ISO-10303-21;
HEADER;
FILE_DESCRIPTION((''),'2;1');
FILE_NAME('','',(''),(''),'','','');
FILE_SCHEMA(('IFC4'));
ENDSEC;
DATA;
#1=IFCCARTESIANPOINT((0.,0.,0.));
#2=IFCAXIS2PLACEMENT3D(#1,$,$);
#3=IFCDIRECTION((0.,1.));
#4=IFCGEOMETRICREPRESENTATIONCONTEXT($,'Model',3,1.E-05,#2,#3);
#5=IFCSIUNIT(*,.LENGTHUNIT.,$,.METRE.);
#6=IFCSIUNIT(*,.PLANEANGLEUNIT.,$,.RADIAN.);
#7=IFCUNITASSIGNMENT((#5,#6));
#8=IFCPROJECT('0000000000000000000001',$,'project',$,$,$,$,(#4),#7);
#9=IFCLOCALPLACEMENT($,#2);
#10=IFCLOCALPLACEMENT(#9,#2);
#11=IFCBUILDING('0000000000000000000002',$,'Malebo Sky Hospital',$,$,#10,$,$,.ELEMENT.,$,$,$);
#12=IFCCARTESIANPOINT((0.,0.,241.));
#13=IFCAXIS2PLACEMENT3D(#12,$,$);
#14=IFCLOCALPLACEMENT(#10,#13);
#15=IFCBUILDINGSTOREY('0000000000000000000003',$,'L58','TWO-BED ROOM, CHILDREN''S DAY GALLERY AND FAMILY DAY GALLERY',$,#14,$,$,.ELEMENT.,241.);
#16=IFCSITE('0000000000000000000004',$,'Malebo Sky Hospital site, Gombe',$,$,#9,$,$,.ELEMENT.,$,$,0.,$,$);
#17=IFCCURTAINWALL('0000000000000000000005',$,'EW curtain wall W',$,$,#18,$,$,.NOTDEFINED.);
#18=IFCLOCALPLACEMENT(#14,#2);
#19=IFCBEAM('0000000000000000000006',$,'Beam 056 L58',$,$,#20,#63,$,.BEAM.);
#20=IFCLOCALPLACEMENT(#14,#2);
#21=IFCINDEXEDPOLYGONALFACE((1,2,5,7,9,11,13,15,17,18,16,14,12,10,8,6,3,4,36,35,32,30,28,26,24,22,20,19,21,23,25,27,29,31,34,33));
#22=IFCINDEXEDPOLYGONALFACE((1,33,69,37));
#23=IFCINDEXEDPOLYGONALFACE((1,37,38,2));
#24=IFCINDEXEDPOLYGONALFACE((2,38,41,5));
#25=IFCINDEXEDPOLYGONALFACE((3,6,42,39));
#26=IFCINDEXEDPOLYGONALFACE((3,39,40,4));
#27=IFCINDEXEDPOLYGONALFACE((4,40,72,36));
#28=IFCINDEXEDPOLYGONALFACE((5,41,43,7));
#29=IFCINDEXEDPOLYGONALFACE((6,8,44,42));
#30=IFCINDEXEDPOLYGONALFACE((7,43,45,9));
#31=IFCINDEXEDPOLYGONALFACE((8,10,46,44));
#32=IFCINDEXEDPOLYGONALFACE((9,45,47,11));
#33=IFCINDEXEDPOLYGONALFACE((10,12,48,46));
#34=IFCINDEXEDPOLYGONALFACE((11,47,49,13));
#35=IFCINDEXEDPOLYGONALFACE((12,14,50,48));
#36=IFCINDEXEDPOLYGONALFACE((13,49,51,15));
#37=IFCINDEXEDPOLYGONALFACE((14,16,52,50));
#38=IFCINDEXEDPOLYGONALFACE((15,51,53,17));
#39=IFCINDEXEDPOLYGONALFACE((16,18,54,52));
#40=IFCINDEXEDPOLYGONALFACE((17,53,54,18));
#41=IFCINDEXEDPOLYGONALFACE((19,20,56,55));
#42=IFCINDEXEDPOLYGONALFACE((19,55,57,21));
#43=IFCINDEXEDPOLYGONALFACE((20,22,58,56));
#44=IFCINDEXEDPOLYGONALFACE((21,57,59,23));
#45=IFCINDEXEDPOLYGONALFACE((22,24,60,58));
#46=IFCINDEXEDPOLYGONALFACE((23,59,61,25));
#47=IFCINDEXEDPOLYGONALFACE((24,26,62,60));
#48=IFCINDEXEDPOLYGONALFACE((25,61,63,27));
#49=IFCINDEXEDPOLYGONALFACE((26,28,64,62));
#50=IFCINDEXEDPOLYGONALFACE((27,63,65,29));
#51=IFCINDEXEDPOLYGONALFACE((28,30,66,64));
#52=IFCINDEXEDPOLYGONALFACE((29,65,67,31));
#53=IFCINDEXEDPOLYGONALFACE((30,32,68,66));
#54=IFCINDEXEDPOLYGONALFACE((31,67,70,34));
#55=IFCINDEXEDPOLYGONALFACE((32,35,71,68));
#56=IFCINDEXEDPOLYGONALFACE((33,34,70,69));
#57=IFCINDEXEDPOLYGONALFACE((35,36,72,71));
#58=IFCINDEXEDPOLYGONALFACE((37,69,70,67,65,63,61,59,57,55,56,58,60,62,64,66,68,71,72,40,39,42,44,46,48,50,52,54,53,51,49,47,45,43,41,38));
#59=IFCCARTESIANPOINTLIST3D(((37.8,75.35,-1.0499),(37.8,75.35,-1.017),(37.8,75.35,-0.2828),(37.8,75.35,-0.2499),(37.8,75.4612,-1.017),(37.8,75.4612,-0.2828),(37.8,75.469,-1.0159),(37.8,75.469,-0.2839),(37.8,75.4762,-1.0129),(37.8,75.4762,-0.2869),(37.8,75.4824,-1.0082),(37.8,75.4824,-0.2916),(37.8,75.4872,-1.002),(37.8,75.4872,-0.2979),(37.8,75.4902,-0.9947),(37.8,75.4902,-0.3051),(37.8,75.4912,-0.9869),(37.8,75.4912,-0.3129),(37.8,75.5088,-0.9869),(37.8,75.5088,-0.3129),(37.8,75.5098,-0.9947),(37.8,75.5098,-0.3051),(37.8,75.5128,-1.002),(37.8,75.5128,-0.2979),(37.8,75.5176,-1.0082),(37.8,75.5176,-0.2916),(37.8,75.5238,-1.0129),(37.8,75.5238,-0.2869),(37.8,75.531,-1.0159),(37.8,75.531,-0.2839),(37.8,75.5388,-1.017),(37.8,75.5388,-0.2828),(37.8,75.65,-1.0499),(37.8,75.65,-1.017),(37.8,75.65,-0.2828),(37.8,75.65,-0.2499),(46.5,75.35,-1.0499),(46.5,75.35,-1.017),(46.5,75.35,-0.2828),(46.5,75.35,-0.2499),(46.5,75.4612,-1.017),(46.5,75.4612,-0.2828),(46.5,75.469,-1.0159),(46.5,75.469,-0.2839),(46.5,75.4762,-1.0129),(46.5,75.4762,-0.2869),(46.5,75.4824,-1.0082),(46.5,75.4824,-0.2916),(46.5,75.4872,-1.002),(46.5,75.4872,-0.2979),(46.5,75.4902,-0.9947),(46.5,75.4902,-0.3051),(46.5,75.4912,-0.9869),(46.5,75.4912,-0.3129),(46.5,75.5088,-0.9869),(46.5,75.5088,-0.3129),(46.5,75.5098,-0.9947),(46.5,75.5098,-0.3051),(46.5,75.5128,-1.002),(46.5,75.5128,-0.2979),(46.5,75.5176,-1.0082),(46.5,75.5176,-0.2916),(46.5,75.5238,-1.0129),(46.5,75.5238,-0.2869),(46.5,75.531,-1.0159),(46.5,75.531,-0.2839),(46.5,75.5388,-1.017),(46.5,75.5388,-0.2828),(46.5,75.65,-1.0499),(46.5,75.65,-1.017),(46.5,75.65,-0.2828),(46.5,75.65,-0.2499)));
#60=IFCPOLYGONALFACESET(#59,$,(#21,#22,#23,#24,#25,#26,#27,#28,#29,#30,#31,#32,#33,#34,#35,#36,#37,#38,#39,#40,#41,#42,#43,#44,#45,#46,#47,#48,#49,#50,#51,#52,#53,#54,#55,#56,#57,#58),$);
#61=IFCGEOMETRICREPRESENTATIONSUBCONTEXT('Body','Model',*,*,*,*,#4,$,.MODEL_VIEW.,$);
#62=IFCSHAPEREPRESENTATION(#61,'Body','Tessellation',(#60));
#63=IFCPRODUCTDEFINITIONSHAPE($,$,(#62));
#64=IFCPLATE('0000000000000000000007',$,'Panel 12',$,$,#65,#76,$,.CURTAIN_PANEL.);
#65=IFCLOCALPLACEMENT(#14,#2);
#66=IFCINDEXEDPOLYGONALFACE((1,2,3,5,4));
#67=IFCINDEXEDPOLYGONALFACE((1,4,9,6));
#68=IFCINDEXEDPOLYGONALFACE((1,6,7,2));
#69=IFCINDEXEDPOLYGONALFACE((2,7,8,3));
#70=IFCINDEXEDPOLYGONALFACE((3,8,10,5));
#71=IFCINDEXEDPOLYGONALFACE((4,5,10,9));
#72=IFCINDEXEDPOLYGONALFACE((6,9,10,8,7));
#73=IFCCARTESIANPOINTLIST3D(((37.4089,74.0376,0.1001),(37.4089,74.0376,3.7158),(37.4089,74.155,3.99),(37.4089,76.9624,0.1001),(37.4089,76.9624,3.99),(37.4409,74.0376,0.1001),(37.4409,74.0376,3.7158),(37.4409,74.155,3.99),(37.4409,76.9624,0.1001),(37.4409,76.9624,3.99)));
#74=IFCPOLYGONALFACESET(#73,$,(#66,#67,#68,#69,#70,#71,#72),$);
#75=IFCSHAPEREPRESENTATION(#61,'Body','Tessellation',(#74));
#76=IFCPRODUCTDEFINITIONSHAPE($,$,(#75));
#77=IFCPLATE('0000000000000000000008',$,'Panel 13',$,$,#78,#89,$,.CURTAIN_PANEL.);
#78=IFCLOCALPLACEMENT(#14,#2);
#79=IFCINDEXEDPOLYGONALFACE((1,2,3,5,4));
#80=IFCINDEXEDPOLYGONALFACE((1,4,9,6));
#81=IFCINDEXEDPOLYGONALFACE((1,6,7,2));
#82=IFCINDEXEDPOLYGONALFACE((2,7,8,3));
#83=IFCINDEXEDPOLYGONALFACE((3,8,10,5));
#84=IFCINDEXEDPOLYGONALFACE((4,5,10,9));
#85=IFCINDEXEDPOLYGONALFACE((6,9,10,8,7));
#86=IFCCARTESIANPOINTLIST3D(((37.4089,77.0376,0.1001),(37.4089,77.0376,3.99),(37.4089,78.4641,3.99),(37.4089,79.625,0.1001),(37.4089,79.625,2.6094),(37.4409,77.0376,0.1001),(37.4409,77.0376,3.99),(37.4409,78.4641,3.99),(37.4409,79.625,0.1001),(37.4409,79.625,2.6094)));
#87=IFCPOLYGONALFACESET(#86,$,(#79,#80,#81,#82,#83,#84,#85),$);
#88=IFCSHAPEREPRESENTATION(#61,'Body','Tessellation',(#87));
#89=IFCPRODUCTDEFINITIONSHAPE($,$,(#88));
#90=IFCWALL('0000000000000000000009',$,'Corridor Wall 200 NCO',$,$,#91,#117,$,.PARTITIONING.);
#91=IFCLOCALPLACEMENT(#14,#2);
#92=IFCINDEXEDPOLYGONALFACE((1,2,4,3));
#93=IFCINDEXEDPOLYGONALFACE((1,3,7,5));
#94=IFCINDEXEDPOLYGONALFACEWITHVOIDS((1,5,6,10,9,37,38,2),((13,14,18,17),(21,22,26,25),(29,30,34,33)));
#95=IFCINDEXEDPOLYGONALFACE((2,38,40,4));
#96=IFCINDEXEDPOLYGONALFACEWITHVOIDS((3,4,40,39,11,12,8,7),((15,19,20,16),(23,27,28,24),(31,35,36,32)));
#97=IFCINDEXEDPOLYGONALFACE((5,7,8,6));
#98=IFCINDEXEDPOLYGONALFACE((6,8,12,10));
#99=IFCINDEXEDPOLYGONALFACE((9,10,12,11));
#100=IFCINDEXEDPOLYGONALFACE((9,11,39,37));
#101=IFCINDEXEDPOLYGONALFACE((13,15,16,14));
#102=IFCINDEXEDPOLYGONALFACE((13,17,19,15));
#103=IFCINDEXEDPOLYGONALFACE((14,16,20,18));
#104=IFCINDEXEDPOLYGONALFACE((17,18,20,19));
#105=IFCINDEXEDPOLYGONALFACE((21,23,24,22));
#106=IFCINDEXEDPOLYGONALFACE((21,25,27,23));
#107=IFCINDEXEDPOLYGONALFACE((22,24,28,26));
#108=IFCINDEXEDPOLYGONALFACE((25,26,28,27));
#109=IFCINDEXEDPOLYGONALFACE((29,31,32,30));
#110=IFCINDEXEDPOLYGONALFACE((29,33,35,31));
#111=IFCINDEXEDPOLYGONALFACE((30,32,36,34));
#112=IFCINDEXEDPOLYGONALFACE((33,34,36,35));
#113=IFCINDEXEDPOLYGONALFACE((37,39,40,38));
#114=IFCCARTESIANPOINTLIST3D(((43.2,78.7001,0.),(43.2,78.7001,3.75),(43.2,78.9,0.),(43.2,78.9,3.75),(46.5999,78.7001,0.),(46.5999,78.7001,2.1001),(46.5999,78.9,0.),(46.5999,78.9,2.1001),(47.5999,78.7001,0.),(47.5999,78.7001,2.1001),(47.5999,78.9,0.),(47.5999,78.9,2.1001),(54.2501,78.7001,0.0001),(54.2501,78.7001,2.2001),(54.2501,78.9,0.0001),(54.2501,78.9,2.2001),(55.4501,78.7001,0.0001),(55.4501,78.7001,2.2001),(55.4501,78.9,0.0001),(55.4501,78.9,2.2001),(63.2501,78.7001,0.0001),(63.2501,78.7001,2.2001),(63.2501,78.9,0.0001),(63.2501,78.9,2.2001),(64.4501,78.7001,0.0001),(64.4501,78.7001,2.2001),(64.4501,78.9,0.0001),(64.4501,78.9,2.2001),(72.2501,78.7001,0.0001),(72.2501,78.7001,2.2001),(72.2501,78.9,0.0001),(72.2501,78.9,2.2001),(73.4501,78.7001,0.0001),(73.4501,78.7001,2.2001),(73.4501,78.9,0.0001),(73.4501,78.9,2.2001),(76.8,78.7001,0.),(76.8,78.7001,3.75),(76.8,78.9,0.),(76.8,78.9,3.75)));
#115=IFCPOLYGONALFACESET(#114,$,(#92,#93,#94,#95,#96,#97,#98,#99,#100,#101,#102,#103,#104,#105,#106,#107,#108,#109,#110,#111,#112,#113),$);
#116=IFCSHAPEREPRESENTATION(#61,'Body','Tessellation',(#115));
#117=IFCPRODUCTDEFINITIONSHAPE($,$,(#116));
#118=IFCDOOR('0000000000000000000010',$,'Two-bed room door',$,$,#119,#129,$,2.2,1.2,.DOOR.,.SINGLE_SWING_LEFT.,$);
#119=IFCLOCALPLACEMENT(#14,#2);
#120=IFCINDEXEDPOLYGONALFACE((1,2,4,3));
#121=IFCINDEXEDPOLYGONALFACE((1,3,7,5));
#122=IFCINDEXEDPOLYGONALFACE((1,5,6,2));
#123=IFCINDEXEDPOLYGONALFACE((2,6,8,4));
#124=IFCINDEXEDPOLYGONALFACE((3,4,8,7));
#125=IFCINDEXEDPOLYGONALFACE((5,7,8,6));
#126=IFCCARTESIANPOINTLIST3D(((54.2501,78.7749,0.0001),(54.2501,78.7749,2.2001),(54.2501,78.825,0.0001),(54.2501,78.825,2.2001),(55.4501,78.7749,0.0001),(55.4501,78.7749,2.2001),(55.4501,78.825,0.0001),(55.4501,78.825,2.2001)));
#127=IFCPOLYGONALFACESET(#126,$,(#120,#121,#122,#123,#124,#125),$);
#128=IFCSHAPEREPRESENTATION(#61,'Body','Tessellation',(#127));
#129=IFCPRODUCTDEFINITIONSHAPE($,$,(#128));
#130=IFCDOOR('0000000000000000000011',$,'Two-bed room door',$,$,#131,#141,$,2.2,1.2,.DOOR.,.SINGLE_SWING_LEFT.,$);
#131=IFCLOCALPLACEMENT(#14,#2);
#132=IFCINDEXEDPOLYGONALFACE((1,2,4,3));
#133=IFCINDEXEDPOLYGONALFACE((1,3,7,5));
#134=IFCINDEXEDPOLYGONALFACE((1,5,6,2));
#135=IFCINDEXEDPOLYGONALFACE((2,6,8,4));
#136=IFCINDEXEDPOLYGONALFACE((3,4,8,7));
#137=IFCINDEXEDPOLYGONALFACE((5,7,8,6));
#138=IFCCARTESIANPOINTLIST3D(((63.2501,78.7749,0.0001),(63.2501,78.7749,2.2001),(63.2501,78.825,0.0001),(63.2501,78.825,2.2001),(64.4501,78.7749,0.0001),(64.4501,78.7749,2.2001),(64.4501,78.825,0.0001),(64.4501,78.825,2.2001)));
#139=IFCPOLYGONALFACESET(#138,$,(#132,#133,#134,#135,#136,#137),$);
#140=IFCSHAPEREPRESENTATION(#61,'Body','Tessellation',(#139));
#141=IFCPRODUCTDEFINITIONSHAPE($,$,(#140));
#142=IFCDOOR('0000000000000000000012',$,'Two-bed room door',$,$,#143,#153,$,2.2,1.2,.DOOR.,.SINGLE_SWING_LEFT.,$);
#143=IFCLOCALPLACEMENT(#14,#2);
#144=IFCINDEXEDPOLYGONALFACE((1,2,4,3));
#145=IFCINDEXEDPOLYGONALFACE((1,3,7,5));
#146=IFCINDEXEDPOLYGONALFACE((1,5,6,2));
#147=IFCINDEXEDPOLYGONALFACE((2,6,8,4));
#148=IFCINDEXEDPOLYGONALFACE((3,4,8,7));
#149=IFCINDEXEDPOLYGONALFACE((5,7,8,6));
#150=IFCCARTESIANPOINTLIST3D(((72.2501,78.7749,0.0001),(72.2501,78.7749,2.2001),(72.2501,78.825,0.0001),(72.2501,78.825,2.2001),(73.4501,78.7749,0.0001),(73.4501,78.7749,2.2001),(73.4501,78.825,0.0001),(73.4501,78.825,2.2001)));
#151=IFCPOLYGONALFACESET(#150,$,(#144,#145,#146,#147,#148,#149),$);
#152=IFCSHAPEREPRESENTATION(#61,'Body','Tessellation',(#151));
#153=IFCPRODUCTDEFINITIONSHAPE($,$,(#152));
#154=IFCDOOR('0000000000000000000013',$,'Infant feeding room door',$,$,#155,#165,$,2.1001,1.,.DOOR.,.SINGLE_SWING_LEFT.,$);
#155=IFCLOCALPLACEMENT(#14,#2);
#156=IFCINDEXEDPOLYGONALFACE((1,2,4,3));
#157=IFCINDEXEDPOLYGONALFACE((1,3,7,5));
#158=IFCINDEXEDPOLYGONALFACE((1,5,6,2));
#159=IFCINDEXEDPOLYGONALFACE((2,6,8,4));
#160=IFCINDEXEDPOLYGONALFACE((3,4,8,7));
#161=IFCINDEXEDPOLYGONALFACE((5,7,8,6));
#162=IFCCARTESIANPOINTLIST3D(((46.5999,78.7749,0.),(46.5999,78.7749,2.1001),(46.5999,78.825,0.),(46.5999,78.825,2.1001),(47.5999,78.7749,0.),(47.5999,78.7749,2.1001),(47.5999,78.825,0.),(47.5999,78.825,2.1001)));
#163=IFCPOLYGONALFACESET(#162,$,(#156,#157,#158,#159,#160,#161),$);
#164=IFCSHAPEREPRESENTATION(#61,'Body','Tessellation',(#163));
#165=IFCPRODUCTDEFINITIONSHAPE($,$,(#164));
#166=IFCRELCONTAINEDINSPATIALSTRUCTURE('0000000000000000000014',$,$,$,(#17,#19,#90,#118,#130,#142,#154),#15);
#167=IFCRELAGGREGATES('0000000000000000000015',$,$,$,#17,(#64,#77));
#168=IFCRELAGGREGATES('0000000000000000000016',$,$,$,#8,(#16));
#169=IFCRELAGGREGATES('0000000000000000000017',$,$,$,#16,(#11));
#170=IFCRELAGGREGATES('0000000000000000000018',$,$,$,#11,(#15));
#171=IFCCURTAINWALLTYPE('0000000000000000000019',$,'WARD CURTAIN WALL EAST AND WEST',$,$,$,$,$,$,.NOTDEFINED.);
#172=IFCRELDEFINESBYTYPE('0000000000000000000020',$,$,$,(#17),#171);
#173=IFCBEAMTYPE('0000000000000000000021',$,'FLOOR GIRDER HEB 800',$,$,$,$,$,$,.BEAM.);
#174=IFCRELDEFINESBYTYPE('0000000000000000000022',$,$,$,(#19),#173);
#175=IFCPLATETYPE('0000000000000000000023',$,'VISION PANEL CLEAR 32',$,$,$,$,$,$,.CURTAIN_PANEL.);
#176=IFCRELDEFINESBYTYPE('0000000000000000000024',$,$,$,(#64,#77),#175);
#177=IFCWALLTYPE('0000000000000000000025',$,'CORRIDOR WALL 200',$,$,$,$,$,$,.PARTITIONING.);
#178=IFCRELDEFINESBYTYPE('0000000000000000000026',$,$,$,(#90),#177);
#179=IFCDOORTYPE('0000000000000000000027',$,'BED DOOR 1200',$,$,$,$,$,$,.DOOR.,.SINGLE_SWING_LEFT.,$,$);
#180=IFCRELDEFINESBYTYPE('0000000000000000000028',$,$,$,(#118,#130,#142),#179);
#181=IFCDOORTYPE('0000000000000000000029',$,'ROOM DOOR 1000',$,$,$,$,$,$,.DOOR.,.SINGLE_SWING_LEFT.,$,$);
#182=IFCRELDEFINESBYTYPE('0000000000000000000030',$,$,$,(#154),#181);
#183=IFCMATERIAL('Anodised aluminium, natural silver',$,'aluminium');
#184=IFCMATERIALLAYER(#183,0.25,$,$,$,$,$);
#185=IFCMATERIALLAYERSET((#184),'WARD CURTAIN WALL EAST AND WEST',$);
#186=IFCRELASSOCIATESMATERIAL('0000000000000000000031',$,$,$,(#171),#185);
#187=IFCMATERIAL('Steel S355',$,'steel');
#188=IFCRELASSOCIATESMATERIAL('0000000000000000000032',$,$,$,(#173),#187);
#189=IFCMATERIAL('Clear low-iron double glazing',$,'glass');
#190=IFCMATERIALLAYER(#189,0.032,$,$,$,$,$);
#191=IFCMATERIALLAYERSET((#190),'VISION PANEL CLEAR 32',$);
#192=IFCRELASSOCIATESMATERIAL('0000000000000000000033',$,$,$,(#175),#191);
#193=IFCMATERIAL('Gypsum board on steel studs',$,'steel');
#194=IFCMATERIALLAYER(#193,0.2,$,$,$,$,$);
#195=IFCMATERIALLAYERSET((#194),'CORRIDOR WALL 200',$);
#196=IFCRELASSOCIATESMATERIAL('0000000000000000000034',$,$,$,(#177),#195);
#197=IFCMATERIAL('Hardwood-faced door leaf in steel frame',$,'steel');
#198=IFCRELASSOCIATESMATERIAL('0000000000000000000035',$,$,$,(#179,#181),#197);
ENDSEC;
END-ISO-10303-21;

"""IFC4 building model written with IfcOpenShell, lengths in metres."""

from ifc_helpers import new_model, si_unit, direction, frame, frame_2d, origin, origin_2d, place, context, subcontext, project, spatial, polyline, rectangle, i_section, outline, extrude, material, layer, layer_set, material_profile, profile_set, type_object, element, fill, aggregate, save


model = new_model("IFC4")

# Units and contexts
model_context = context("Model", 3, precision=1e-05, world=origin(), true_north=direction((0.0, 1.0)))
body_context = subcontext(model_context, "Body", "Model", "MODEL_VIEW")
ifc_project = project(units=[si_unit("LENGTHUNIT", "METRE"), si_unit("PLANEANGLEUNIT", "RADIAN")], contexts=[model_context])

# Site, building, storey
site_placement = place(None, origin())
site = spatial("IfcSite", under=ifc_project, at=site_placement, Name="Malebo Sky Hospital site, Gombe", CompositionType="ELEMENT", RefElevation=0.0)
building_placement = place(site_placement, origin())
building = spatial("IfcBuilding", under=site, at=building_placement, Name="Malebo Sky Hospital", CompositionType="ELEMENT")
storey_placement = place(building_placement, frame((0.0, 0.0, 241.0)))
storey = spatial("IfcBuildingStorey", under=building, at=storey_placement, Name="L58", Description="TWO-BED ROOM, CHILDREN'S DAY GALLERY AND FAMILY DAY GALLERY", CompositionType="ELEMENT", Elevation=241.0)

# Curtain wall
ifc_material_1 = material(Name="Anodised aluminium, natural silver", Category="aluminium")
ifc_layer_1 = layer(ifc_material_1, 0.25)
ifc_layer_set_1 = layer_set([ifc_layer_1], Name="WARD CURTAIN WALL EAST AND WEST")
curtain_wall_type = type_object("IfcCurtainWallType", Name="WARD CURTAIN WALL EAST AND WEST", PredefinedType="NOTDEFINED", material=ifc_layer_set_1)
curtain_wall_placement = place(storey_placement, origin())
curtain_wall = element("IfcCurtainWall", 1, at=curtain_wall_placement, inside=storey, type_object=curtain_wall_type, Name="EW curtain wall W", PredefinedType="NOTDEFINED")

# Beam
ifc_material_2 = material(Name="Steel S355", Category="steel")
ifc_material_profile_1 = material_profile(ifc_material_2, i_section(OverallWidth=0.3, OverallDepth=0.8, WebThickness=0.0176, FlangeThickness=0.033, FilletRadius=0.03, at=origin_2d()), Name="HEB 800")
ifc_profile_set_1 = profile_set([ifc_material_profile_1], Name="Steel S355")
beam_type_1 = type_object("IfcBeamType", Name="FLOOR GIRDER HEB 800", PredefinedType="BEAM", material=ifc_profile_set_1)
beam_1_placement = place(storey_placement, frame((37.8, 75.5, -0.6499), z_axis=(1.0, 0.0, 0.0), x_axis=(0.0, 1.0, 0.0)))
element("IfcBeam", 2, at=beam_1_placement, inside=storey, type_object=beam_type_1, Name="Beam 056 L58", PredefinedType="BEAM", context=body_context, shape_type="SweptSolid", body=[
    extrude(i_section(OverallWidth=0.3, OverallDepth=0.8, WebThickness=0.0176, FlangeThickness=0.033, FilletRadius=0.03, at=origin_2d()), origin(), (0.0, 0.0, 1.0), 8.7),
])

# Plates
ifc_material_3 = material(Name="Clear low-iron double glazing", Category="glass")
ifc_layer_2 = layer(ifc_material_3, 0.032)
ifc_layer_set_2 = layer_set([ifc_layer_2], Name="VISION PANEL CLEAR 32")
plate_type = type_object("IfcPlateType", Name="VISION PANEL CLEAR 32", PredefinedType="CURTAIN_PANEL", material=ifc_layer_set_2)
plate_1_placement = place(storey_placement, frame((37.425, 75.5, 0.1001), z_axis=(0.0, 0.0, 1.0), x_axis=(0.0, 1.0, 0.0)))
plate_1 = element("IfcPlate", 3, at=plate_1_placement, type_object=plate_type, Name="Panel 12", PredefinedType="CURTAIN_PANEL", context=body_context, shape_type="SweptSolid", body=[
    extrude(outline(polyline([(-1.4624, 0.0), (1.4624, 0.0), (1.4624, 3.8899), (-1.345, 3.8899), (-1.4624, 3.6157), (-1.4624, 0.0)])), frame((0.0, 0.0161, 0.0), z_axis=(0.0, -1.0, 0.0), x_axis=(1.0, 0.0, 0.0)), (0.0, 0.0, 1.0), 0.032),
])
plate_2_placement = place(storey_placement, frame((37.425, 78.3313, 0.1001), z_axis=(0.0, 0.0, 1.0), x_axis=(0.0, 1.0, 0.0)))
plate_2 = element("IfcPlate", 4, at=plate_2_placement, type_object=plate_type, Name="Panel 13", PredefinedType="CURTAIN_PANEL", context=body_context, shape_type="SweptSolid", body=[
    extrude(outline(polyline([(-1.2937, 0.0), (1.2937, 0.0), (1.2937, 2.5093), (0.1328, 3.8899), (-1.2937, 3.8899), (-1.2937, 0.0)])), frame((0.0, 0.0161, 0.0), z_axis=(0.0, -1.0, 0.0), x_axis=(1.0, 0.0, 0.0)), (0.0, 0.0, 1.0), 0.032),
])
aggregate(curtain_wall, [plate_1, plate_2])

# Wall, openings, doors
ifc_material_4 = material(Name="Gypsum board on steel studs", Category="steel")
ifc_layer_3 = layer(ifc_material_4, 0.2)
ifc_layer_set_3 = layer_set([ifc_layer_3], Name="CORRIDOR WALL 200")
wall_type_1 = type_object("IfcWallType", Name="CORRIDOR WALL 200", PredefinedType="PARTITIONING", material=ifc_layer_set_3)
wall_1_placement = place(storey_placement, frame((43.2, 78.8, 0.0), z_axis=(0.0, 0.0, 1.0), x_axis=(1.0, 0.0, 0.0)))
wall_1 = element("IfcWall", 5, at=wall_1_placement, inside=storey, type_object=wall_type_1, Name="Corridor Wall 200 NCO", PredefinedType="PARTITIONING", context=body_context, shape_type="SweptSolid", body=[
    extrude(rectangle(XDim=33.6001, YDim=0.2, at=frame_2d((16.8, 0.0))), origin(), (0.0, 0.0, 1.0), 3.75),
])
opening_1_placement = place(wall_1_placement, frame((3.3999, 0.0, 0.0)))
opening_1 = element("IfcOpeningElement", 6, at=opening_1_placement, cuts=wall_1, PredefinedType="OPENING", context=body_context, shape_type="SweptSolid", body=[
    extrude(rectangle(XDim=1.0, YDim=2.1001, at=frame_2d((0.5, 1.05))), frame((0.0, 0.1099, 0.0), z_axis=(0.0, -1.0, 0.0), x_axis=(1.0, 0.0, 0.0)), (0.0, 0.0, 1.0), 0.22),
])
opening_2_placement = place(wall_1_placement, frame((11.05, 0.0, 0.0)))
opening_2 = element("IfcOpeningElement", 7, at=opening_2_placement, cuts=wall_1, PredefinedType="OPENING", context=body_context, shape_type="SweptSolid", body=[
    extrude(rectangle(XDim=1.2, YDim=2.2, at=frame_2d((0.6001, 1.1001))), frame((0.0, 0.1099, 0.0), z_axis=(0.0, -1.0, 0.0), x_axis=(1.0, 0.0, 0.0)), (0.0, 0.0, 1.0), 0.22),
])
opening_3_placement = place(wall_1_placement, frame((20.05, 0.0, 0.0)))
opening_3 = element("IfcOpeningElement", 8, at=opening_3_placement, cuts=wall_1, PredefinedType="OPENING", context=body_context, shape_type="SweptSolid", body=[
    extrude(rectangle(XDim=1.2, YDim=2.2, at=frame_2d((0.6001, 1.1001))), frame((0.0, 0.1099, 0.0), z_axis=(0.0, -1.0, 0.0), x_axis=(1.0, 0.0, 0.0)), (0.0, 0.0, 1.0), 0.22),
])
opening_4_placement = place(wall_1_placement, frame((29.05, 0.0, 0.0)))
opening_4 = element("IfcOpeningElement", 9, at=opening_4_placement, cuts=wall_1, PredefinedType="OPENING", context=body_context, shape_type="SweptSolid", body=[
    extrude(rectangle(XDim=1.2, YDim=2.2, at=frame_2d((0.6001, 1.1001))), frame((0.0, 0.1099, 0.0), z_axis=(0.0, -1.0, 0.0), x_axis=(1.0, 0.0, 0.0)), (0.0, 0.0, 1.0), 0.22),
])
ifc_material_5 = material(Name="Hardwood-faced door leaf in steel frame", Category="steel")
door_type_1 = type_object("IfcDoorType", Name="BED DOOR 1200", OperationType="SINGLE_SWING_LEFT", PredefinedType="DOOR", material=ifc_material_5)
door_1_placement = place(opening_2_placement, origin())
door_1 = element("IfcDoor", 10, at=door_1_placement, inside=storey, type_object=door_type_1, Name="Two-bed room door", OperationType="SINGLE_SWING_LEFT", OverallHeight=2.2, OverallWidth=1.2, PredefinedType="DOOR", context=body_context, shape_type="SweptSolid", body=[
    extrude(rectangle(XDim=1.2, YDim=2.2, at=frame_2d((0.6001, 1.1001))), frame((0.0, 0.0249, 0.0), z_axis=(0.0, -1.0, 0.0), x_axis=(1.0, 0.0, 0.0)), (0.0, 0.0, 1.0), 0.05),
])
fill(opening_2, door_1)
door_2_placement = place(opening_3_placement, origin())
door_2 = element("IfcDoor", 11, at=door_2_placement, inside=storey, type_object=door_type_1, Name="Two-bed room door", OperationType="SINGLE_SWING_LEFT", OverallHeight=2.2, OverallWidth=1.2, PredefinedType="DOOR", context=body_context, shape_type="SweptSolid", body=[
    extrude(rectangle(XDim=1.2, YDim=2.2, at=frame_2d((0.6001, 1.1001))), frame((0.0, 0.0249, 0.0), z_axis=(0.0, -1.0, 0.0), x_axis=(1.0, 0.0, 0.0)), (0.0, 0.0, 1.0), 0.05),
])
fill(opening_3, door_2)
door_3_placement = place(opening_4_placement, origin())
door_3 = element("IfcDoor", 12, at=door_3_placement, inside=storey, type_object=door_type_1, Name="Two-bed room door", OperationType="SINGLE_SWING_LEFT", OverallHeight=2.2, OverallWidth=1.2, PredefinedType="DOOR", context=body_context, shape_type="SweptSolid", body=[
    extrude(rectangle(XDim=1.2, YDim=2.2, at=frame_2d((0.6001, 1.1001))), frame((0.0, 0.0249, 0.0), z_axis=(0.0, -1.0, 0.0), x_axis=(1.0, 0.0, 0.0)), (0.0, 0.0, 1.0), 0.05),
])
fill(opening_4, door_3)
door_type_2 = type_object("IfcDoorType", Name="ROOM DOOR 1000", OperationType="SINGLE_SWING_LEFT", PredefinedType="DOOR", material=ifc_material_5)
door_4_placement = place(opening_1_placement, origin())
door_4 = element("IfcDoor", 13, at=door_4_placement, inside=storey, type_object=door_type_2, Name="Infant feeding room door", OperationType="SINGLE_SWING_LEFT", OverallHeight=2.1001, OverallWidth=1.0, PredefinedType="DOOR", context=body_context, shape_type="SweptSolid", body=[
    extrude(rectangle(XDim=1.0, YDim=2.1001, at=frame_2d((0.5, 1.05))), frame((0.0, 0.0249, 0.0), z_axis=(0.0, -1.0, 0.0), x_axis=(1.0, 0.0, 0.0)), (0.0, 0.0, 1.0), 0.05),
])
fill(opening_1, door_4)

save(model, "model.ifc")
